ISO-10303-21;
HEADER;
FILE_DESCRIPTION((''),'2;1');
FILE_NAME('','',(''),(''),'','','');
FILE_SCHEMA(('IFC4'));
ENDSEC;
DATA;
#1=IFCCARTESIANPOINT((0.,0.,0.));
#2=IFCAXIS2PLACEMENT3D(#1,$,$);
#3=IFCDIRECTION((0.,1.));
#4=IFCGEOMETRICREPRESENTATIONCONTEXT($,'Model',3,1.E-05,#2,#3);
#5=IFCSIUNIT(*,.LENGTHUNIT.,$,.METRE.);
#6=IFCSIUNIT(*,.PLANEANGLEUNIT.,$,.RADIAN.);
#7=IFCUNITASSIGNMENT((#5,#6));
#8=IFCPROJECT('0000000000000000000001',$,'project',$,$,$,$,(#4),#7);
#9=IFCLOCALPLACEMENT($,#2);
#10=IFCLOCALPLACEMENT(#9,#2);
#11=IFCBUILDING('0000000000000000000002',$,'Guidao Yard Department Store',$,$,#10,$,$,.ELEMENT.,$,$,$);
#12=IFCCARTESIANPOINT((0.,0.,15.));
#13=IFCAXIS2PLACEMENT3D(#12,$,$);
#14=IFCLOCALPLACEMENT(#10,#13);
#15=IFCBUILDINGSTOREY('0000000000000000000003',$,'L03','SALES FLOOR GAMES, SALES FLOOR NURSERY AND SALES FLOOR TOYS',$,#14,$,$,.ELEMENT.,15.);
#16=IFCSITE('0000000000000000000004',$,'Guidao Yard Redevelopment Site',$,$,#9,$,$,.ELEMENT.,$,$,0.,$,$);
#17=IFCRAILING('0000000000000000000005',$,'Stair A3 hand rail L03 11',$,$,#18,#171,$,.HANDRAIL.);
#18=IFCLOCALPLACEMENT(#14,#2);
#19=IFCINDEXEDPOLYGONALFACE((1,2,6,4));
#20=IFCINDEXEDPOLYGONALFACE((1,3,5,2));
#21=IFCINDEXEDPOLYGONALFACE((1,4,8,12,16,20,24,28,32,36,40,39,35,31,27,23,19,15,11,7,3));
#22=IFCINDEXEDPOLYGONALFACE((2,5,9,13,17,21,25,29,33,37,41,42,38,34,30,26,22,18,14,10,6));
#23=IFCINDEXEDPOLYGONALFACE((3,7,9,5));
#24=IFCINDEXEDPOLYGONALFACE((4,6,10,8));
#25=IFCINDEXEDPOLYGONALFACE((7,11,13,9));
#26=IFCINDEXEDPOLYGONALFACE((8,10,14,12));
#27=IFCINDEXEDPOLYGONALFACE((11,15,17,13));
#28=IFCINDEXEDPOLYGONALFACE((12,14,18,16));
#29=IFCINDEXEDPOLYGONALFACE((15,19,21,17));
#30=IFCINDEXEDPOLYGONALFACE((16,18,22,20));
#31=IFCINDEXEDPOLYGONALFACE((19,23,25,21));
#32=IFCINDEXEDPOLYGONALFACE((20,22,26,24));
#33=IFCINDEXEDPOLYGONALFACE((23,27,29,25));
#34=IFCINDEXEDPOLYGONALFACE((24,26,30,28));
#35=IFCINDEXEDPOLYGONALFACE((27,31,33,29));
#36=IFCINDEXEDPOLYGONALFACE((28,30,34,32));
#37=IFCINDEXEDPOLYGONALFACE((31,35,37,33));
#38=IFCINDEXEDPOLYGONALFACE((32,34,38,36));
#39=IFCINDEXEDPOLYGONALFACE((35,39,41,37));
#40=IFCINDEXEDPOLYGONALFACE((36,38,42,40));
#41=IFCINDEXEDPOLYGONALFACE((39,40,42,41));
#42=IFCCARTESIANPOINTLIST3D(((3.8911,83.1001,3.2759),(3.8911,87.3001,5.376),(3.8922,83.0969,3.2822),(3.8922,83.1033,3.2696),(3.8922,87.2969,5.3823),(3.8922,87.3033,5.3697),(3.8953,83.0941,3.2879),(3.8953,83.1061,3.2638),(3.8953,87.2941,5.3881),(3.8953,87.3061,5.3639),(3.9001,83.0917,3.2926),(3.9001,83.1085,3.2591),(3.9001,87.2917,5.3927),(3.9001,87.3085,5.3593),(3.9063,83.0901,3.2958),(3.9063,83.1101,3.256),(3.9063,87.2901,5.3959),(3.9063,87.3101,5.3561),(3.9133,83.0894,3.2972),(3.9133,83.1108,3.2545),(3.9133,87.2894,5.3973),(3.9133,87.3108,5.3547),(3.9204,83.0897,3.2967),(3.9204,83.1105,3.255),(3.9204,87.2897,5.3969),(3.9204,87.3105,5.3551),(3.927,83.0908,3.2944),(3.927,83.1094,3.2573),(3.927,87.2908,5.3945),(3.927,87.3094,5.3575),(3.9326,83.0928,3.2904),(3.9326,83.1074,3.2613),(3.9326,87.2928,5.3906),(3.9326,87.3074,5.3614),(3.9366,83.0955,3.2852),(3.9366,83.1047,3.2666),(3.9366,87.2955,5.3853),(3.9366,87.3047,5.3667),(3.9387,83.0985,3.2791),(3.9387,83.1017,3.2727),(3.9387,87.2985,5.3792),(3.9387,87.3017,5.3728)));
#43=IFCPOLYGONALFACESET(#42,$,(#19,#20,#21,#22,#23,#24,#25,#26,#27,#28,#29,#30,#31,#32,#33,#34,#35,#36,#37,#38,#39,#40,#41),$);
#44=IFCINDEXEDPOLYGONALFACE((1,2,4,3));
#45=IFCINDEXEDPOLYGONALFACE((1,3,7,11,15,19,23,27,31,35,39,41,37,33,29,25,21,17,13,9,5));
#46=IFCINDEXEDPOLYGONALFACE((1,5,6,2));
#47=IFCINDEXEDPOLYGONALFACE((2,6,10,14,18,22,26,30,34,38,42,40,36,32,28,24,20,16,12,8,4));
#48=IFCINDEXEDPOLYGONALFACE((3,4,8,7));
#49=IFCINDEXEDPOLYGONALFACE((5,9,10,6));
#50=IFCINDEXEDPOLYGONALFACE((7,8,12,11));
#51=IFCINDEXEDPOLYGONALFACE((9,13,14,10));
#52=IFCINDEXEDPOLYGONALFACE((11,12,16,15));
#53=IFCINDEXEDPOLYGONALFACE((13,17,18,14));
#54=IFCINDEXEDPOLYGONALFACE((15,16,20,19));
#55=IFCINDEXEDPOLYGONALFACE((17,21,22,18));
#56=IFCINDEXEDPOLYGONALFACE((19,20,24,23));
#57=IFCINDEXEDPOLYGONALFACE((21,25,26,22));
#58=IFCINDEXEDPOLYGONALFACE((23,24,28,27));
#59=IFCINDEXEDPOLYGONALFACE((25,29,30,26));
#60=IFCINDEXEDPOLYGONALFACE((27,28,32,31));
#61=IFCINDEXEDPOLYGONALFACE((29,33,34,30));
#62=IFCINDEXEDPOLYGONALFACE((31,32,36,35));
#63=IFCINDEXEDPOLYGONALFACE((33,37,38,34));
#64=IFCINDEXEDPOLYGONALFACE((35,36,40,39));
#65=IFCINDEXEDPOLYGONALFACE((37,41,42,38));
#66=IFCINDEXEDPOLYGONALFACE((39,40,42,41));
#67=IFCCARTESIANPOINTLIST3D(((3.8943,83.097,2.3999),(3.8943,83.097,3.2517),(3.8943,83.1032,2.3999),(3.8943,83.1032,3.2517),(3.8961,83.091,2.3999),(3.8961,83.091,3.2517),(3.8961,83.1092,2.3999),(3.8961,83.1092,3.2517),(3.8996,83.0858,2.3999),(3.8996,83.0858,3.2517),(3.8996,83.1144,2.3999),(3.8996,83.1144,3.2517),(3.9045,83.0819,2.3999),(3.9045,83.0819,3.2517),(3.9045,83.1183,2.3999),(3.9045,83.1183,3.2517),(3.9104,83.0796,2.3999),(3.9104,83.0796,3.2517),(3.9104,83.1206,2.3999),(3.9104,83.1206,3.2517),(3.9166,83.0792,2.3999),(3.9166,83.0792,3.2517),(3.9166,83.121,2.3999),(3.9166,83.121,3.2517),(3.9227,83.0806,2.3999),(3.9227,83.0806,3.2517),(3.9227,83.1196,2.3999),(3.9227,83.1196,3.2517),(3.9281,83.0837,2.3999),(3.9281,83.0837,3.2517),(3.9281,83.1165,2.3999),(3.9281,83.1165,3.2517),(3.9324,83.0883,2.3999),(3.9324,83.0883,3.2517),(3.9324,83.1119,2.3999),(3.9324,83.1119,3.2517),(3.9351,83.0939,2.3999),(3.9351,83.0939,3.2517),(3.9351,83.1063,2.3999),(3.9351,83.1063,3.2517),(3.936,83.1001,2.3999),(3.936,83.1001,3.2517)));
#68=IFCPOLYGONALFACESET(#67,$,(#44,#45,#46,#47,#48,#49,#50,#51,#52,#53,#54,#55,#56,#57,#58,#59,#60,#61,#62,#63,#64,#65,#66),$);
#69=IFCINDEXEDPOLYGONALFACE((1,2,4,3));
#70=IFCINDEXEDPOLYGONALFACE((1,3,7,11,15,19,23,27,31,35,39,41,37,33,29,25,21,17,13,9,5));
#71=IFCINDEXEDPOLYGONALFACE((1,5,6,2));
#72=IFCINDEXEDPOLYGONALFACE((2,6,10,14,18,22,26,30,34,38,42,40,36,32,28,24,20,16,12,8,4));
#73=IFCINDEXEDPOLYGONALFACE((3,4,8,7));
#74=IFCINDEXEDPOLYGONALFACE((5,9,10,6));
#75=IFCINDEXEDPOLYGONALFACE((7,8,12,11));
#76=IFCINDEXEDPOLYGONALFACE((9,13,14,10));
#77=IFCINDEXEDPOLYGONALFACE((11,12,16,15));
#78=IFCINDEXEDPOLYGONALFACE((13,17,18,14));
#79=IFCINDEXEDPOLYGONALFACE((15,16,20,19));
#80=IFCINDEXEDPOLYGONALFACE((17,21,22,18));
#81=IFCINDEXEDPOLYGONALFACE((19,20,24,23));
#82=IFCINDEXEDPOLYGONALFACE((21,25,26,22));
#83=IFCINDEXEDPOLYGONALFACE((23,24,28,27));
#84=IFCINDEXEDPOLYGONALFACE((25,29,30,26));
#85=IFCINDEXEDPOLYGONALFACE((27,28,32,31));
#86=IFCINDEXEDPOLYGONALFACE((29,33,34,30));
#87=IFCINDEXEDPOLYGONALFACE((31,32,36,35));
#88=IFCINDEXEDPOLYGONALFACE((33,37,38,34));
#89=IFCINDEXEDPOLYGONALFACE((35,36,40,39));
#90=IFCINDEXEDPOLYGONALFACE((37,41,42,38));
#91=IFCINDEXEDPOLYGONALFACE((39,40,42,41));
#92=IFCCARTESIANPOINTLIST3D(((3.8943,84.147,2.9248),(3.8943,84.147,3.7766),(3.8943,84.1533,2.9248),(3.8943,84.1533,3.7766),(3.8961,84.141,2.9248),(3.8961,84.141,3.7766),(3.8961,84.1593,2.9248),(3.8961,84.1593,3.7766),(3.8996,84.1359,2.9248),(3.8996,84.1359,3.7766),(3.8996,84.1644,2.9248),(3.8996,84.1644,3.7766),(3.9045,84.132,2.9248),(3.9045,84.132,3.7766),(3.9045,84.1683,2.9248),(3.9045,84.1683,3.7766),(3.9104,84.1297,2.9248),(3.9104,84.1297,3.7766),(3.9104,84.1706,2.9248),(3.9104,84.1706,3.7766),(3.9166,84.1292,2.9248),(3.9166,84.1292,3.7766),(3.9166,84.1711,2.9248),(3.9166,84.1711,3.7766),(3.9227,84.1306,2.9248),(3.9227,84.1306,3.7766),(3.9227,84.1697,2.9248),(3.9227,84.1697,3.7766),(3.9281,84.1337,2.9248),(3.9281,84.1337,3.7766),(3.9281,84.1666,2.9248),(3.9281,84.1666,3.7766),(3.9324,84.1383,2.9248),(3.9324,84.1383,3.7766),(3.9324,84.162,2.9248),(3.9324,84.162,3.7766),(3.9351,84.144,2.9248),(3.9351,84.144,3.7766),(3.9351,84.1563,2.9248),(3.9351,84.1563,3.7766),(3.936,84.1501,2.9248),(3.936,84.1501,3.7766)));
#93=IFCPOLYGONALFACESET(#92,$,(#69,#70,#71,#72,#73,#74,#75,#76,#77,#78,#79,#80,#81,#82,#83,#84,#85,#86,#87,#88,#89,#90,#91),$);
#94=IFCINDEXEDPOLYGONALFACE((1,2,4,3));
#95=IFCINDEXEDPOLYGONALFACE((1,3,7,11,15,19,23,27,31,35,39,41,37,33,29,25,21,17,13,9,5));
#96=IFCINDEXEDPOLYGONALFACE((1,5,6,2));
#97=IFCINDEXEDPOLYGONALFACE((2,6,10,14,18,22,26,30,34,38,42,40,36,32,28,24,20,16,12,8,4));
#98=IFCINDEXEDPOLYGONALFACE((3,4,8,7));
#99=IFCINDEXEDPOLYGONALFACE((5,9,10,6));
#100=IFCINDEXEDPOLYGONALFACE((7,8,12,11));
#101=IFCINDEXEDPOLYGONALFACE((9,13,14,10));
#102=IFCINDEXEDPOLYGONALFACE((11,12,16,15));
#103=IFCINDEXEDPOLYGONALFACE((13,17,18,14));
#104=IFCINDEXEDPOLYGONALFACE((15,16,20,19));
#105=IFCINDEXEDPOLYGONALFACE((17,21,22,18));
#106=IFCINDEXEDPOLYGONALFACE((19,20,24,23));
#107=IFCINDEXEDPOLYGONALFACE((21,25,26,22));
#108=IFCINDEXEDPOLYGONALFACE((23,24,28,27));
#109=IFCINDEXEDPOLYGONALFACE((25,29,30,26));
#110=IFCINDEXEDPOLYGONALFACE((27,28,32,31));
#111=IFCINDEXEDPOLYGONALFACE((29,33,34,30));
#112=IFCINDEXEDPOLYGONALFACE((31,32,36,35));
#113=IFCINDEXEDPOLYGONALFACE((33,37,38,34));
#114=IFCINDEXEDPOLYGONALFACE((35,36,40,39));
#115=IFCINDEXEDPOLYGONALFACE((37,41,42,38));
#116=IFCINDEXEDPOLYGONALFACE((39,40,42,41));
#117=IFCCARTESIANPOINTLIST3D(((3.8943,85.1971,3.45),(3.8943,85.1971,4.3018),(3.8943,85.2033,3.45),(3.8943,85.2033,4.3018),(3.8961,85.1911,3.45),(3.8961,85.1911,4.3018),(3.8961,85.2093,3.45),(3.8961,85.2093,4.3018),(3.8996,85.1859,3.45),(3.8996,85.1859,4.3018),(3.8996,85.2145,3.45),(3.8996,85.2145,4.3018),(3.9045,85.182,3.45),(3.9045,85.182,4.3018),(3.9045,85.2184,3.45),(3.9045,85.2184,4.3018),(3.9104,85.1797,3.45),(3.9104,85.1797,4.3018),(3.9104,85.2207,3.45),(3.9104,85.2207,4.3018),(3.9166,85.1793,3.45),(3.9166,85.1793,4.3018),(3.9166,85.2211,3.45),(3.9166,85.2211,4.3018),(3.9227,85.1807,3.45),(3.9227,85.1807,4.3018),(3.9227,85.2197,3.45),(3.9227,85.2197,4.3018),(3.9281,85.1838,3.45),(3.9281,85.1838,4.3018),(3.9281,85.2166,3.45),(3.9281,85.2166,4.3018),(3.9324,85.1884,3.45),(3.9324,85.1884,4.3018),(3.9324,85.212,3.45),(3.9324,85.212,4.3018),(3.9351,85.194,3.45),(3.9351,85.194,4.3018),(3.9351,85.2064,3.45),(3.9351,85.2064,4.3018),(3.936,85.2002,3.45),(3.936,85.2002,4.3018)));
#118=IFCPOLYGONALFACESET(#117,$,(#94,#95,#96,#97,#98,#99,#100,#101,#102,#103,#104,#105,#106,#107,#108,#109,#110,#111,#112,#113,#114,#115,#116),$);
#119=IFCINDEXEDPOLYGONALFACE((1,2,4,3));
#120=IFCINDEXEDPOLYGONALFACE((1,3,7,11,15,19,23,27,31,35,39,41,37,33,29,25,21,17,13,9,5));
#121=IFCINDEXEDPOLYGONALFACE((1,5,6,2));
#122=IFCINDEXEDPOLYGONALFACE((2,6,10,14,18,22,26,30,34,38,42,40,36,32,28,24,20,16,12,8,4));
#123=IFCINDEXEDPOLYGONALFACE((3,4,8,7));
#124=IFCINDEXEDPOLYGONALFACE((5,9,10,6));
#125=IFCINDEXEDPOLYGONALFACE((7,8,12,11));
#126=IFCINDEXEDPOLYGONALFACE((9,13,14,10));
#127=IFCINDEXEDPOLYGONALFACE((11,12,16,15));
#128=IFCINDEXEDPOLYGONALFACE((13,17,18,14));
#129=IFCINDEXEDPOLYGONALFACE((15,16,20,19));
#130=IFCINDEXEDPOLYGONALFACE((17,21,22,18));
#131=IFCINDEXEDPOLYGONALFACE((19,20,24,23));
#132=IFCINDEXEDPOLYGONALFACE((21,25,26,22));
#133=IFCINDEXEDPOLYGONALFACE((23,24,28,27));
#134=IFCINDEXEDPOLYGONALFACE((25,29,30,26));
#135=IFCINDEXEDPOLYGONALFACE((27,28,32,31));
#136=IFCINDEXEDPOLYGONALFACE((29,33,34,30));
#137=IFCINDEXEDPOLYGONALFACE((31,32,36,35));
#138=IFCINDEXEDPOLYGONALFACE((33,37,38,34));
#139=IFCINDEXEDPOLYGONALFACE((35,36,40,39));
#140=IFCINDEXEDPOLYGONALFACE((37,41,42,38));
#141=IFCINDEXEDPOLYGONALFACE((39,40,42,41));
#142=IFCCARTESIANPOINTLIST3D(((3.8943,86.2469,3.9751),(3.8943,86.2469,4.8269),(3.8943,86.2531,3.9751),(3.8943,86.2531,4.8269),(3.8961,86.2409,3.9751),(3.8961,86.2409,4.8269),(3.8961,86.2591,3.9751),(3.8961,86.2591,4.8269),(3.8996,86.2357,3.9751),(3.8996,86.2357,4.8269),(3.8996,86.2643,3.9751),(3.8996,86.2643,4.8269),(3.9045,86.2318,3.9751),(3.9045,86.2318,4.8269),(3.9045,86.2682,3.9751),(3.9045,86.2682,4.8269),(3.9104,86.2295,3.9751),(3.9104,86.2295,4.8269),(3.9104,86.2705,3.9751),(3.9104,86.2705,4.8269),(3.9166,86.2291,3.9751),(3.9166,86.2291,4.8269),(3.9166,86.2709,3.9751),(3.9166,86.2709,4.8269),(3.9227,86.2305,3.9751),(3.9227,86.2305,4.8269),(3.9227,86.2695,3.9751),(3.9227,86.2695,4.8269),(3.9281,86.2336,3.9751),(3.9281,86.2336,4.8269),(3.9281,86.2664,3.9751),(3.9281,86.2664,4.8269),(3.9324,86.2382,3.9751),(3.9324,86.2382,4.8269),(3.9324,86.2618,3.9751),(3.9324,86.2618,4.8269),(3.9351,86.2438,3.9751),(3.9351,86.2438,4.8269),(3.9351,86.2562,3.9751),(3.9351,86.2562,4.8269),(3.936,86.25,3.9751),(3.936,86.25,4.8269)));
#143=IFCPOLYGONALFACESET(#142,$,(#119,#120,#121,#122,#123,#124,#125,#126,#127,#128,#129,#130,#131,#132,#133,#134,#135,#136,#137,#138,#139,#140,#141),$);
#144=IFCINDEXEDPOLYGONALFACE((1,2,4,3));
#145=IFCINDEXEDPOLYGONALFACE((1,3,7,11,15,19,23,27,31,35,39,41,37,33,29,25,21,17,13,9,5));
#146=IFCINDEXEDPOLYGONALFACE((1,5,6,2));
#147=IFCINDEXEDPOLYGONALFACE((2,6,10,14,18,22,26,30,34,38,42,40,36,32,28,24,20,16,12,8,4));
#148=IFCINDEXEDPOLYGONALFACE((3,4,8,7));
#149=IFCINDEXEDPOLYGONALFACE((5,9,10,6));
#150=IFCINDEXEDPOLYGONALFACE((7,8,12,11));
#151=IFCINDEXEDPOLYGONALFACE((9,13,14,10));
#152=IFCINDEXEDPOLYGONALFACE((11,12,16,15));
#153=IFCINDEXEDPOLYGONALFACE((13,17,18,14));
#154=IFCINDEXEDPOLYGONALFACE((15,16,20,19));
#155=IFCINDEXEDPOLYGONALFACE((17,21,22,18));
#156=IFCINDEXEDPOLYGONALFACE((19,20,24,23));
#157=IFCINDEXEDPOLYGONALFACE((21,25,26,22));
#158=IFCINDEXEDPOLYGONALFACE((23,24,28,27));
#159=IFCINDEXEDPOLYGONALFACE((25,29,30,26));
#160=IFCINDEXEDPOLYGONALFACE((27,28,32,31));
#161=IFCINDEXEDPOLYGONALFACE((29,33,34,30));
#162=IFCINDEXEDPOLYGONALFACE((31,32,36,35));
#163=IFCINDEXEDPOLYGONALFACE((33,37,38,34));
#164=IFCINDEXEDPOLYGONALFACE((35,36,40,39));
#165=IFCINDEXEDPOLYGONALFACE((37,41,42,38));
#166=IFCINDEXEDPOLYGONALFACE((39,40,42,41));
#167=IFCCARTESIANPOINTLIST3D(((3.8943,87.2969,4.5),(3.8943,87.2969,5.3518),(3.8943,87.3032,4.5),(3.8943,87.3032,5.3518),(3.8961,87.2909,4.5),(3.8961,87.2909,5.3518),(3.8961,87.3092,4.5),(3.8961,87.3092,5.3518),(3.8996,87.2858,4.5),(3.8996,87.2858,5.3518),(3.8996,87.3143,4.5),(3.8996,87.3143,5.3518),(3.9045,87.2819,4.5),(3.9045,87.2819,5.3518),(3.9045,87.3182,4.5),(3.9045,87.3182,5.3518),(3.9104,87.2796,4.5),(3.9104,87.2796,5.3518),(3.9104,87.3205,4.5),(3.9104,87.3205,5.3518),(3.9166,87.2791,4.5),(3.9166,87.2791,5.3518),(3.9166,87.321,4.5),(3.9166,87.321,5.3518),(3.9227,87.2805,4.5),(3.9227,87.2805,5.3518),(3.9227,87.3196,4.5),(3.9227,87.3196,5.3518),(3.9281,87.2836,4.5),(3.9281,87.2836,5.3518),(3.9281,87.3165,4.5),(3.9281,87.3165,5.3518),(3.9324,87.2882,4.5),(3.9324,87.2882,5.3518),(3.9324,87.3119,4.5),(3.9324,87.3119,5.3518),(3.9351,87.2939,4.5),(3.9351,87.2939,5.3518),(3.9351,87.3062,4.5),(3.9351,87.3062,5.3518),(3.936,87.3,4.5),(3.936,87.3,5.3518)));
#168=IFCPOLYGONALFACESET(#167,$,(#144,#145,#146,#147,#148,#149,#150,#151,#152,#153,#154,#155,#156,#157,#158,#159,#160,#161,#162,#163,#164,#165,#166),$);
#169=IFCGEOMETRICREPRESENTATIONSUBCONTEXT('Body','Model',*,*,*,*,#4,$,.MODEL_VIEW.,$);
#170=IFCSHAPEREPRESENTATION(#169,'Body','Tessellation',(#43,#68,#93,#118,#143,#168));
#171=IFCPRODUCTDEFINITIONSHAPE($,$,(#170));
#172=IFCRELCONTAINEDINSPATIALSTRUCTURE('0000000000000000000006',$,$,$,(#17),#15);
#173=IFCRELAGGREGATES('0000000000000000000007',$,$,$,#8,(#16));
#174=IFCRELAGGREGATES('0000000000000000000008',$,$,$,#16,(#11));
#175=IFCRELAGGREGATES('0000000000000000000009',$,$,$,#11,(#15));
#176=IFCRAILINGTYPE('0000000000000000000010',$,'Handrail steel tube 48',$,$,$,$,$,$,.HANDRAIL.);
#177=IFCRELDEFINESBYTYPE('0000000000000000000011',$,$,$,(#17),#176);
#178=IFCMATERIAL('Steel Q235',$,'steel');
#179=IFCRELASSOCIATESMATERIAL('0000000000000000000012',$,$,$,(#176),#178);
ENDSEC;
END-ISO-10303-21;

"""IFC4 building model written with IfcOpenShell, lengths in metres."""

from ifc_helpers import new_model, si_unit, direction, frame, origin, origin_2d, place, context, subcontext, project, spatial, circle, extrude, material, type_object, element, save


model = new_model("IFC4")

# Units and contexts
model_context = context("Model", 3, precision=1e-05, world=origin(), true_north=direction((0.0, 1.0)))
body_context = subcontext(model_context, "Body", "Model", "MODEL_VIEW")
ifc_project = project(units=[si_unit("LENGTHUNIT", "METRE"), si_unit("PLANEANGLEUNIT", "RADIAN")], contexts=[model_context])

# Site, building, storey
site_placement = place(None, origin())
site = spatial("IfcSite", under=ifc_project, at=site_placement, Name="Guidao Yard Redevelopment Site", CompositionType="ELEMENT", RefElevation=0.0)
building_placement = place(site_placement, origin())
building = spatial("IfcBuilding", under=site, at=building_placement, Name="Guidao Yard Department Store", CompositionType="ELEMENT")
storey_placement = place(building_placement, frame((0.0, 0.0, 15.0)))
storey = spatial("IfcBuildingStorey", under=building, at=storey_placement, Name="L03", Description="SALES FLOOR GAMES, SALES FLOOR NURSERY AND SALES FLOOR TOYS", CompositionType="ELEMENT", Elevation=15.0)

# Railing
ifc_material_1 = material(Name="Steel Q235", Category="steel")
railing_type_1 = type_object("IfcRailingType", Name="Handrail steel tube 48", PredefinedType="HANDRAIL", material=ifc_material_1)
for number, where, name in (
    (1, (3.915, 83.1001, 2.3999), "Stair A3 hand rail L03 11"),
):
    element("IfcRailing", number, at=place(storey_placement, frame(where)), inside=storey, type_object=railing_type_1, Name=name, PredefinedType="HANDRAIL", context=body_context, shape_type="SweptSolid", body=[
        extrude(circle(Radius=0.0239, at=origin_2d()), frame((0.0, 0.0, 0.876), z_axis=(0.0, 0.894417, 0.447234), x_axis=(-1.0, 0.0, 0.0)), (0.0, 0.0, 1.0), 4.6958),
        extrude(circle(Radius=0.021, at=origin_2d()), origin(), (0.0, 0.0, 1.0), 0.8518),
        extrude(circle(Radius=0.021, at=origin_2d()), frame((0.0, 1.05, 0.5249)), (0.0, 0.0, 1.0), 0.8518),
        extrude(circle(Radius=0.021, at=origin_2d()), frame((0.0, 2.1001, 1.05)), (0.0, 0.0, 1.0), 0.8518),
        extrude(circle(Radius=0.021, at=origin_2d()), frame((0.0, 3.1499, 1.5752)), (0.0, 0.0, 1.0), 0.8518),
        extrude(circle(Radius=0.021, at=origin_2d()), frame((0.0, 4.2, 2.1001)), (0.0, 0.0, 1.0), 0.8518),
    ])

save(model, "model.ifc")
